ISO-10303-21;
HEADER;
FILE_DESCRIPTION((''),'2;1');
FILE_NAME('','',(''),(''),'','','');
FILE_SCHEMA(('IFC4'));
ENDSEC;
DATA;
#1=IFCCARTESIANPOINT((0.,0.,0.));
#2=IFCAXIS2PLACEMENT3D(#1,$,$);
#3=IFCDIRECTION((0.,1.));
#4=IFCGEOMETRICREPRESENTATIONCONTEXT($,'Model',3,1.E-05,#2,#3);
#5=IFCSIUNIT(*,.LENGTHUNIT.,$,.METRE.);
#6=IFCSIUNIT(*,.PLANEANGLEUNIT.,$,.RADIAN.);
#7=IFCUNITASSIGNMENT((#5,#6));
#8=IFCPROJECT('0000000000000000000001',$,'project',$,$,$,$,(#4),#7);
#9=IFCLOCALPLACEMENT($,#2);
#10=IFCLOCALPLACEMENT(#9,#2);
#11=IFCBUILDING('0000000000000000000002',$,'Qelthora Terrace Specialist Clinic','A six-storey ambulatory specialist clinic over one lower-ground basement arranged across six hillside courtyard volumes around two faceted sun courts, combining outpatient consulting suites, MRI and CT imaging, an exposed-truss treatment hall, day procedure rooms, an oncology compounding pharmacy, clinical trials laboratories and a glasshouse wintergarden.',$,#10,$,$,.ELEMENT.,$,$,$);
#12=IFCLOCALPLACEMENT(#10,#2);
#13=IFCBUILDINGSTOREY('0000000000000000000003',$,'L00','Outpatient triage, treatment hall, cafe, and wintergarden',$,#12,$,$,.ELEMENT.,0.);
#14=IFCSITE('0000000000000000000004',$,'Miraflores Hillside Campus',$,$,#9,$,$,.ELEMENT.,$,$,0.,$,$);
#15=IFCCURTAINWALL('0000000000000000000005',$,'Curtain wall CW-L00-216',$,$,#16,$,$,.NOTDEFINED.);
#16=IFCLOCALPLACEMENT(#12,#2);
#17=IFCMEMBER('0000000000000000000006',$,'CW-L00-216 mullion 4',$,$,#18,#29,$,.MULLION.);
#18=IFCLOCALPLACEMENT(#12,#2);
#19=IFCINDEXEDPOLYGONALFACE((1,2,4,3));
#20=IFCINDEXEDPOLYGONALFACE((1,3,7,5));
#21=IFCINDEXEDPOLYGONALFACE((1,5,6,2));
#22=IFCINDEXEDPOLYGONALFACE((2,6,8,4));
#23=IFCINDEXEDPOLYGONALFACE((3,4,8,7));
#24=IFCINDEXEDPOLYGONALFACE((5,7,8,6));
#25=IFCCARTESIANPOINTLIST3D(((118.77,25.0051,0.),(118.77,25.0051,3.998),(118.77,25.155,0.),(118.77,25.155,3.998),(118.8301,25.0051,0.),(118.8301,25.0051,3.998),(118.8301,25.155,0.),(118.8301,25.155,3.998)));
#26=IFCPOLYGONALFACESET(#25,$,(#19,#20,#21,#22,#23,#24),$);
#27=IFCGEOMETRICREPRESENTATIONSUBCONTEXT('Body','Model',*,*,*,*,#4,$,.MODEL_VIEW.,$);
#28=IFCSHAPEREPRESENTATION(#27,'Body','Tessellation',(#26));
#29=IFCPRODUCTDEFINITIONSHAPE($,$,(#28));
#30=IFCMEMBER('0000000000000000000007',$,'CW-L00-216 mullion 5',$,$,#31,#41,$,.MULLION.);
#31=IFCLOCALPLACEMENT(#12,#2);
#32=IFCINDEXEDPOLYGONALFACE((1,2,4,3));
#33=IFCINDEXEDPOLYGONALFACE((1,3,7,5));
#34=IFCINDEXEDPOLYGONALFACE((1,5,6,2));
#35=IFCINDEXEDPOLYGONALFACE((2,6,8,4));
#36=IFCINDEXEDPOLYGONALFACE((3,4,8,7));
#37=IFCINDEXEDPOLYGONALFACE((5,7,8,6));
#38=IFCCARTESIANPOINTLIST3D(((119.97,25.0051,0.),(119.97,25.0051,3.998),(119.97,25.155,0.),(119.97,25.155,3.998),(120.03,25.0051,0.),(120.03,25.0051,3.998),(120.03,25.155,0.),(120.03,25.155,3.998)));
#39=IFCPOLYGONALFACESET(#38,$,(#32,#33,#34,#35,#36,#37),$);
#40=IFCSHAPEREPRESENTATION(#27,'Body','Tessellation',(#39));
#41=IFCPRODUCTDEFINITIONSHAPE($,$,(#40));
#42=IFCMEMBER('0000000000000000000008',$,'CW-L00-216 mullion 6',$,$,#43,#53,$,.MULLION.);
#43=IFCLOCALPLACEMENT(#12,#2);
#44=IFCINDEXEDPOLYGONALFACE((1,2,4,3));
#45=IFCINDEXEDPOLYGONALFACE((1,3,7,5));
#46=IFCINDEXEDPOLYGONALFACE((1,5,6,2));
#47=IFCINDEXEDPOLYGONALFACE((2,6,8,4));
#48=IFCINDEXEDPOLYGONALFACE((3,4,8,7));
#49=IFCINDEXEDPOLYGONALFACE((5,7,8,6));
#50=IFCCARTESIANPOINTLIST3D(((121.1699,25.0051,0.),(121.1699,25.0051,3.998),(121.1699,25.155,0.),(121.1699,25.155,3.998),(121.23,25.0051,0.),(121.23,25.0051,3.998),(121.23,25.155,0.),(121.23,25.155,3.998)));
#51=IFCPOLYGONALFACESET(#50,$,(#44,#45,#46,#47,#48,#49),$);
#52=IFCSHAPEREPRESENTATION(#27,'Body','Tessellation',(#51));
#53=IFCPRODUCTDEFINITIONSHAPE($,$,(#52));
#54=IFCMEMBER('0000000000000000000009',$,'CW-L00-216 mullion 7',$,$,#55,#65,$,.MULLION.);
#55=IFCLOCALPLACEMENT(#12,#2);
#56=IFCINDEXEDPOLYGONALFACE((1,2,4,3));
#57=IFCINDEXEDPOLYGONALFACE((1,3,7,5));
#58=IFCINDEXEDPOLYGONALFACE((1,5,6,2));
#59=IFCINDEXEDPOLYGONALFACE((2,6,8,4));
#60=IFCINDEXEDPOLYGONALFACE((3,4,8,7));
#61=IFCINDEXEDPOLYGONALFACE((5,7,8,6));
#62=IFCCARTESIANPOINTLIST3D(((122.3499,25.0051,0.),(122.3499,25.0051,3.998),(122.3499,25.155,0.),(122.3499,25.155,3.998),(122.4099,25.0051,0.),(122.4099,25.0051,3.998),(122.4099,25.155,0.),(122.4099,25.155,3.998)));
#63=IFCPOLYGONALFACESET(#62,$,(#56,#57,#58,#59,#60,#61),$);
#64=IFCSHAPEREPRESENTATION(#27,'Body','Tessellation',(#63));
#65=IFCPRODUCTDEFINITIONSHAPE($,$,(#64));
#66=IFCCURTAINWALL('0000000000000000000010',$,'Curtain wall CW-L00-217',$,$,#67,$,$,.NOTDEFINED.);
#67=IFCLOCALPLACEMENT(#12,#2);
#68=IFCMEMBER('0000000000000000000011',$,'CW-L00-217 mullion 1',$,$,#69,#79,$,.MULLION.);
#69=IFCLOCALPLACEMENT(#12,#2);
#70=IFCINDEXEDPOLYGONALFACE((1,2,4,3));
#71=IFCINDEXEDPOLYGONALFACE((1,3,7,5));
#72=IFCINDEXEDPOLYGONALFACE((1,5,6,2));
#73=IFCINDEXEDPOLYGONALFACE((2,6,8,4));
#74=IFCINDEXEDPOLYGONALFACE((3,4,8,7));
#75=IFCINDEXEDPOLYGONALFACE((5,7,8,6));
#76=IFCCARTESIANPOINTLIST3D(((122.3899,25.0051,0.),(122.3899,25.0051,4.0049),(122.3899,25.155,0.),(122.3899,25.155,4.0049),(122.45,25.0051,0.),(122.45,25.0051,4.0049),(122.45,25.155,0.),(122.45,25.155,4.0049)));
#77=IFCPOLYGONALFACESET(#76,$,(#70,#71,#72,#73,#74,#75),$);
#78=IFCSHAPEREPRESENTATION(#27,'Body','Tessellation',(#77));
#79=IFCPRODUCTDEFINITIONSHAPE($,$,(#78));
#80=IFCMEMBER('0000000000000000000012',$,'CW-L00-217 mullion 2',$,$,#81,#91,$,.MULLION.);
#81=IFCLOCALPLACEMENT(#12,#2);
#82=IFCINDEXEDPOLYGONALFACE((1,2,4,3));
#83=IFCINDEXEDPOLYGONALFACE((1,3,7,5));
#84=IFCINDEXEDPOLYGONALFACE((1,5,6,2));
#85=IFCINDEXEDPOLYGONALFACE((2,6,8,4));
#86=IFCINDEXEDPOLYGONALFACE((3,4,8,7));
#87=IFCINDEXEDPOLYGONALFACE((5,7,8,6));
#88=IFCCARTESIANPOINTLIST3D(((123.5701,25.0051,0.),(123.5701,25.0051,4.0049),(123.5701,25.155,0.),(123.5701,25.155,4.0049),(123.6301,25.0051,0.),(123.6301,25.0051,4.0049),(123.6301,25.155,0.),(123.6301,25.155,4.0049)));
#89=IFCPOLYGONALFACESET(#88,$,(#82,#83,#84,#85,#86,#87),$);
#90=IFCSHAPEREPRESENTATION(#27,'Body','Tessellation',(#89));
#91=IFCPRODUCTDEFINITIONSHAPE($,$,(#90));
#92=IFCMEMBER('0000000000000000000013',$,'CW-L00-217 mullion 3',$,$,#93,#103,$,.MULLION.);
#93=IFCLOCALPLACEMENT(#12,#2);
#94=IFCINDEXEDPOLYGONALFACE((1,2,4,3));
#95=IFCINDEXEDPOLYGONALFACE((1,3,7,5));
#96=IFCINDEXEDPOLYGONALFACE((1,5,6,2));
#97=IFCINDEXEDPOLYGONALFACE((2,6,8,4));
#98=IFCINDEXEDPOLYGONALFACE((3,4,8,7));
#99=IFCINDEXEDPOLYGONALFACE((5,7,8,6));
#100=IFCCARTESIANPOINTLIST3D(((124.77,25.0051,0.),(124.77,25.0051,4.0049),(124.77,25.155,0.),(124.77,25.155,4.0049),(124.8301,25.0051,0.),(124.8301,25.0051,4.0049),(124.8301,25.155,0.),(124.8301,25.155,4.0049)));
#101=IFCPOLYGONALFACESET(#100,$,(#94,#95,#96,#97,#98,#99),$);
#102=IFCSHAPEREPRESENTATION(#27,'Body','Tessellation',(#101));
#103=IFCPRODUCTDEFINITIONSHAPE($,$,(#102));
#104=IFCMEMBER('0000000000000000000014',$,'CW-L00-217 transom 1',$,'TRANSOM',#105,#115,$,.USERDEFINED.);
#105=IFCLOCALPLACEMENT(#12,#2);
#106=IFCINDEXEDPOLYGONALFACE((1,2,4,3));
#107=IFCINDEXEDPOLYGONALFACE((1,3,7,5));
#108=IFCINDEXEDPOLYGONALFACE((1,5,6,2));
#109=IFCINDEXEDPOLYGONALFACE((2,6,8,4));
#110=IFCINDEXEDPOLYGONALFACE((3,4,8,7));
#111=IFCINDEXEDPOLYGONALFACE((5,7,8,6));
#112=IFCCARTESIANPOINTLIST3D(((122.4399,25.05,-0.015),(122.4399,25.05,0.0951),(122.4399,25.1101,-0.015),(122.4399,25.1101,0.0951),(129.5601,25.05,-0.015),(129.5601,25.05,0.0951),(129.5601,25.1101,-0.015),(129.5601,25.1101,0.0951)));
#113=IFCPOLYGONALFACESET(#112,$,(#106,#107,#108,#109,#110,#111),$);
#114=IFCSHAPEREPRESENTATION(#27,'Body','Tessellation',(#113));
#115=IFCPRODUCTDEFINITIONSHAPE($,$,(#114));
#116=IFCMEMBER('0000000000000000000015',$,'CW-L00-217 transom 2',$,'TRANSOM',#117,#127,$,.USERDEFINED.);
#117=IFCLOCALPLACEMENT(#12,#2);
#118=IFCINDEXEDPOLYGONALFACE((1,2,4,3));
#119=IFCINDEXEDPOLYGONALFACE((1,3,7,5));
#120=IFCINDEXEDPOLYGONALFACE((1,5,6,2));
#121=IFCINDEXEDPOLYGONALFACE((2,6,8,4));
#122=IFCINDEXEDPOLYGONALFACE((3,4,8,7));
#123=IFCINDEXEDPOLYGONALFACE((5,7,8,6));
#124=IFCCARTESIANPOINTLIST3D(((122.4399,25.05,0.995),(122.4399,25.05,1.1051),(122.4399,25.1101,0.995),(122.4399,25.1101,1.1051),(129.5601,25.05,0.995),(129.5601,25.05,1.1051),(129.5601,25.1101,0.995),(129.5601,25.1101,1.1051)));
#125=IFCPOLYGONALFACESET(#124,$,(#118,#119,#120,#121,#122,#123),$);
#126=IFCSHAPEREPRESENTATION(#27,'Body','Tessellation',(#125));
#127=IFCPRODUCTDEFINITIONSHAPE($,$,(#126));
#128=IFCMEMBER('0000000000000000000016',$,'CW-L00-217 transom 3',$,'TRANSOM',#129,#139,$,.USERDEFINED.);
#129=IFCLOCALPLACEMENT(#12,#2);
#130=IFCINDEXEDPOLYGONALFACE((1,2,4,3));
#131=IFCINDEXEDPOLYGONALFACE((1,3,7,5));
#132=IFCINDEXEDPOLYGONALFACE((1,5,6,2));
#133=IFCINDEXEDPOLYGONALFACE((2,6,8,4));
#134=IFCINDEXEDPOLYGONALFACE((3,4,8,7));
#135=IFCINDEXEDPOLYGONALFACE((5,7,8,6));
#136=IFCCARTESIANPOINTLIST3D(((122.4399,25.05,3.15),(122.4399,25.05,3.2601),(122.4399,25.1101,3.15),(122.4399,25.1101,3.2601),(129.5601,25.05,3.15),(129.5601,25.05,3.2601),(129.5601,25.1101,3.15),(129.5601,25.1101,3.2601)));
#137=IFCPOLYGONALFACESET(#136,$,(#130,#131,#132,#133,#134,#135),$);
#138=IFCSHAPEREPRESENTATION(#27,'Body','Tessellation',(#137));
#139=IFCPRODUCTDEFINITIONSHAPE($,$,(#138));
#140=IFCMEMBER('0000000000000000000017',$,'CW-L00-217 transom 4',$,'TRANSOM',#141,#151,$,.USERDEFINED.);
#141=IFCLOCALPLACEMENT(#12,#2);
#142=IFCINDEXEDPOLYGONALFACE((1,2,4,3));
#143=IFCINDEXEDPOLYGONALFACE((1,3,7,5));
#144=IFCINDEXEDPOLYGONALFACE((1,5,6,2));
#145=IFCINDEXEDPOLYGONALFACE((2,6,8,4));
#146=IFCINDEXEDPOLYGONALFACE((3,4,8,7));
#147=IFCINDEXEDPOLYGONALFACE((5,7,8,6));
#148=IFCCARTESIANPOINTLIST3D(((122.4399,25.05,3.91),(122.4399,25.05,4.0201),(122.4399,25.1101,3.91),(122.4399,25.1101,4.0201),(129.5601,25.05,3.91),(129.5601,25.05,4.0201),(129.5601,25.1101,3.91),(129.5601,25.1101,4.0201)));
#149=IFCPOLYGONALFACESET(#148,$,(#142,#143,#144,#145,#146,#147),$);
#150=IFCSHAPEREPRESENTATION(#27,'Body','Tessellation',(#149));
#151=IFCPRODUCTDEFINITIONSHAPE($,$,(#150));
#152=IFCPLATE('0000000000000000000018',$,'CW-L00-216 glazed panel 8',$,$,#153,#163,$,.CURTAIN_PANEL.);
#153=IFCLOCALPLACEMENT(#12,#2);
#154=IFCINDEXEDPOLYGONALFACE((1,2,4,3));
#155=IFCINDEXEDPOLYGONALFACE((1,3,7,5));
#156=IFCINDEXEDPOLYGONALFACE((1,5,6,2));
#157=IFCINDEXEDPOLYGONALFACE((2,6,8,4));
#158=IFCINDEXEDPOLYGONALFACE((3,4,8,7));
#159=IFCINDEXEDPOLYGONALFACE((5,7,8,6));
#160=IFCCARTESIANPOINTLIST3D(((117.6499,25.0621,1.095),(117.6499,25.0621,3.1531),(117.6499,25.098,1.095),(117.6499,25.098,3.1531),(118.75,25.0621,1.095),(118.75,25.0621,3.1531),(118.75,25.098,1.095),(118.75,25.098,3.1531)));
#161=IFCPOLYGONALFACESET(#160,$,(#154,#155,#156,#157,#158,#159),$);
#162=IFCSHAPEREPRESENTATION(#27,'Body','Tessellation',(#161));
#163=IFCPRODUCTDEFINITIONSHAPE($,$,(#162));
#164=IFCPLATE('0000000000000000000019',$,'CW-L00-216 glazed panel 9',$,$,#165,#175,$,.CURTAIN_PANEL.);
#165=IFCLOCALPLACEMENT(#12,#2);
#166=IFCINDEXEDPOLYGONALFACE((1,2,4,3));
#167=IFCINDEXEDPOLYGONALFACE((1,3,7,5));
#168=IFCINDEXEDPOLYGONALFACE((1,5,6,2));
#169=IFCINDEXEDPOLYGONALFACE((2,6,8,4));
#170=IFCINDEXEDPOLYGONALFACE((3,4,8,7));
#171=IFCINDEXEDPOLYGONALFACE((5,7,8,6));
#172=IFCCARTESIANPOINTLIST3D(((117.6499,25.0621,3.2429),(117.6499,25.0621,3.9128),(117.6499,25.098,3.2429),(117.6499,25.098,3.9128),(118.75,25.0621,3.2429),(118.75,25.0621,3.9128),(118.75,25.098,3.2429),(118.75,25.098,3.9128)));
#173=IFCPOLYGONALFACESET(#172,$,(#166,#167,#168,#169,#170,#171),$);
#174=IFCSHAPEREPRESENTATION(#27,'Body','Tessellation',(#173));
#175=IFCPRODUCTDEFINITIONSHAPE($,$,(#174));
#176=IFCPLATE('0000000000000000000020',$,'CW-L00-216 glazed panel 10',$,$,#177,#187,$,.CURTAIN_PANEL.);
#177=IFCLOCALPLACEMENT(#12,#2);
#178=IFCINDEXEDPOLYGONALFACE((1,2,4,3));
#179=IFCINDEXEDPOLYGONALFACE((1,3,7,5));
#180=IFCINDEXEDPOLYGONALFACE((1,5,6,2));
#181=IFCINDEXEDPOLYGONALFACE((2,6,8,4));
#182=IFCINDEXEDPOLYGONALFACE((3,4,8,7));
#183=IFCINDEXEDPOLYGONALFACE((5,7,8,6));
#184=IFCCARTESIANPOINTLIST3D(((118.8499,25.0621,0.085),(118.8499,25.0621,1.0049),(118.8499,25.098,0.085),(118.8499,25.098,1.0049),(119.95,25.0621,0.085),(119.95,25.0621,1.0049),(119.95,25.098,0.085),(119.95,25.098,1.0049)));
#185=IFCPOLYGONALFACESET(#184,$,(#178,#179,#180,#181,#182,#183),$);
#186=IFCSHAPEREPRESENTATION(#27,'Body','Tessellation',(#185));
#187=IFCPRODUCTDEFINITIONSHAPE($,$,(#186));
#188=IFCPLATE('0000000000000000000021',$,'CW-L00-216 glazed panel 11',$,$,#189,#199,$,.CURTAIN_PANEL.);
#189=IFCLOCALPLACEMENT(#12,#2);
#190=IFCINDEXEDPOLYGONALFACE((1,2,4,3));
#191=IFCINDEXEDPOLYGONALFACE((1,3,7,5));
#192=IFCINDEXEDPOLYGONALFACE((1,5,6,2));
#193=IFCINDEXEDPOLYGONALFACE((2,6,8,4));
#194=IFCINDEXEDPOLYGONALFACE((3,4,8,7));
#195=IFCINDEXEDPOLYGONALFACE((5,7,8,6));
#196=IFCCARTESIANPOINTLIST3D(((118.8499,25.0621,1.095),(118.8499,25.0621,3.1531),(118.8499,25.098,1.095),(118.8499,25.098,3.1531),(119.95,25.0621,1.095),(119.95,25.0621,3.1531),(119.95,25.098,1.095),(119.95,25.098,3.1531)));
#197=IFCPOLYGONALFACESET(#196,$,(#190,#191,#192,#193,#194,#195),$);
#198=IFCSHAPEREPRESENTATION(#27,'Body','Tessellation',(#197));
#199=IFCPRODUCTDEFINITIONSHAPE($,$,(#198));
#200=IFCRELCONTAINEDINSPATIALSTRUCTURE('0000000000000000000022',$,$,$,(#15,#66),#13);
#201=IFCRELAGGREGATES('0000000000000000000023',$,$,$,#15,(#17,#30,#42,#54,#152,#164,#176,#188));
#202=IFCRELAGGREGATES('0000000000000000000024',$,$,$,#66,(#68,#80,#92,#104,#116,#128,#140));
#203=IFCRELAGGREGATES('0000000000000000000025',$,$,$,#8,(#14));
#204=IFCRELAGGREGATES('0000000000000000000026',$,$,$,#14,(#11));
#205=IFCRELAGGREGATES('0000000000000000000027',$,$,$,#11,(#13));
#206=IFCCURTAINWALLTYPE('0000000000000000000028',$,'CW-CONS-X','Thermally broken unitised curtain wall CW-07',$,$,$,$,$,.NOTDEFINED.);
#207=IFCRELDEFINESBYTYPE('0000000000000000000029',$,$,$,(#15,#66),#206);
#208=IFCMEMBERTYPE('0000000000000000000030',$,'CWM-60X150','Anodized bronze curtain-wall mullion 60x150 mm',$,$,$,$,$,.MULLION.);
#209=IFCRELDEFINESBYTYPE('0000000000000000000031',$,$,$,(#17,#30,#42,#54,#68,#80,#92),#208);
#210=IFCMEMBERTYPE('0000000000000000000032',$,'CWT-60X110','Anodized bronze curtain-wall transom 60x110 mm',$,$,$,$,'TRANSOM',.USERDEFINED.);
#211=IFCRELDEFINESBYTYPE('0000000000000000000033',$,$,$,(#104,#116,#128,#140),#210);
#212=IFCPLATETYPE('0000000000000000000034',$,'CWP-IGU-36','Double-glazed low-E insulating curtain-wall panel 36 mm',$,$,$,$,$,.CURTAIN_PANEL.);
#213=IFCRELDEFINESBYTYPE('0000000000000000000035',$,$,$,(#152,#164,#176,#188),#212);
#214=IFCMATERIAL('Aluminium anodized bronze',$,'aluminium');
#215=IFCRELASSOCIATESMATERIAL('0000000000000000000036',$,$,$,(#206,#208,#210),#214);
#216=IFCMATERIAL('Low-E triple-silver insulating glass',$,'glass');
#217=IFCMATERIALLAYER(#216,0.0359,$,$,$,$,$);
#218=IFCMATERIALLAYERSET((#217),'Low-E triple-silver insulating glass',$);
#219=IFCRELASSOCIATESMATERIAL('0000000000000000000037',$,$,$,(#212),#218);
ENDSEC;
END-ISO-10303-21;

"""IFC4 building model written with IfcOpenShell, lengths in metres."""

from ifc_helpers import new_model, si_unit, direction, frame, origin, origin_2d, place, context, subcontext, project, spatial, rectangle, extrude, material, layer, layer_set, material_profile, profile_set, type_object, element, aggregate, save


model = new_model("IFC4")

# Units and contexts
model_context = context("Model", 3, precision=1e-05, world=origin(), true_north=direction((0.0, 1.0)))
body_context = subcontext(model_context, "Body", "Model", "MODEL_VIEW")
ifc_project = project(units=[si_unit("LENGTHUNIT", "METRE"), si_unit("PLANEANGLEUNIT", "RADIAN")], contexts=[model_context])

# Site, building, storey
site_placement = place(None, origin())
site = spatial("IfcSite", under=ifc_project, at=site_placement, Name="Miraflores Hillside Campus", CompositionType="ELEMENT", RefElevation=0.0)
building_placement = place(site_placement, origin())
building = spatial("IfcBuilding", under=site, at=building_placement, Name="Qelthora Terrace Specialist Clinic", Description="A six-storey ambulatory specialist clinic over one lower-ground basement arranged across six hillside courtyard volumes around two faceted sun courts, combining outpatient consulting suites, MRI and CT imaging, an exposed-truss treatment hall, day procedure rooms, an oncology compounding pharmacy, clinical trials laboratories and a glasshouse wintergarden.", CompositionType="ELEMENT")
storey_placement = place(building_placement, origin())
storey = spatial("IfcBuildingStorey", under=building, at=storey_placement, Name="L00", Description="Outpatient triage, treatment hall, cafe, and wintergarden", CompositionType="ELEMENT", Elevation=0.0)

# Curtain walls, members
ifc_material_1 = material(Name="Aluminium anodized bronze", Category="aluminium")
curtain_wall_type = type_object("IfcCurtainWallType", Name="CW-CONS-X", Description="Thermally broken unitised curtain wall CW-07", PredefinedType="NOTDEFINED", material=ifc_material_1)
curtain_wall_1_placement = place(storey_placement, origin())
curtain_wall_1 = element("IfcCurtainWall", 1, at=curtain_wall_1_placement, inside=storey, type_object=curtain_wall_type, Name="Curtain wall CW-L00-216", PredefinedType="NOTDEFINED")
ifc_material_profile_1 = material_profile(ifc_material_1, rectangle(XDim=0.0601, YDim=0.1499, at=origin_2d()), Name="CWM60X150")
ifc_profile_set_1 = profile_set([ifc_material_profile_1], Name="Aluminium anodized bronze")
member_type_1 = type_object("IfcMemberType", Name="CWM-60X150", Description="Anodized bronze curtain-wall mullion 60x150 mm", PredefinedType="MULLION", material=ifc_profile_set_1)
member_1_placement = place(storey_placement, frame((118.8, 25.0801, 0.0), z_axis=(0.0, 0.0, 1.0), x_axis=(1.0, 0.0, 0.0)))
member_1 = element("IfcMember", 2, at=member_1_placement, type_object=member_type_1, Name="CW-L00-216 mullion 4", PredefinedType="MULLION", context=body_context, shape_type="SweptSolid", body=[
    extrude(rectangle(XDim=0.0601, YDim=0.1499, at=origin_2d()), origin(), (0.0, 0.0, 1.0), 3.998),
])
member_2_placement = place(storey_placement, frame((120.0, 25.0801, 0.0), z_axis=(0.0, 0.0, 1.0), x_axis=(1.0, 0.0, 0.0)))
member_2 = element("IfcMember", 3, at=member_2_placement, type_object=member_type_1, Name="CW-L00-216 mullion 5", PredefinedType="MULLION", context=body_context, shape_type="SweptSolid", body=[
    extrude(rectangle(XDim=0.0601, YDim=0.1499, at=origin_2d()), origin(), (0.0, 0.0, 1.0), 3.998),
])
member_3_placement = place(storey_placement, frame((121.2, 25.0801, 0.0), z_axis=(0.0, 0.0, 1.0), x_axis=(1.0, 0.0, 0.0)))
member_3 = element("IfcMember", 4, at=member_3_placement, type_object=member_type_1, Name="CW-L00-216 mullion 6", PredefinedType="MULLION", context=body_context, shape_type="SweptSolid", body=[
    extrude(rectangle(XDim=0.0601, YDim=0.1499, at=origin_2d()), origin(), (0.0, 0.0, 1.0), 3.998),
])
member_4_placement = place(storey_placement, frame((122.3799, 25.0801, 0.0), z_axis=(0.0, 0.0, 1.0), x_axis=(1.0, 0.0, 0.0)))
member_4 = element("IfcMember", 5, at=member_4_placement, type_object=member_type_1, Name="CW-L00-216 mullion 7", PredefinedType="MULLION", context=body_context, shape_type="SweptSolid", body=[
    extrude(rectangle(XDim=0.0601, YDim=0.1499, at=origin_2d()), origin(), (0.0, 0.0, 1.0), 3.998),
])
curtain_wall_2_placement = place(storey_placement, origin())
curtain_wall_2 = element("IfcCurtainWall", 6, at=curtain_wall_2_placement, inside=storey, type_object=curtain_wall_type, Name="Curtain wall CW-L00-217", PredefinedType="NOTDEFINED")
member_5_placement = place(storey_placement, frame((122.4199, 25.0801, 0.0), z_axis=(0.0, 0.0, 1.0), x_axis=(1.0, 0.0, 0.0)))
member_5 = element("IfcMember", 7, at=member_5_placement, type_object=member_type_1, Name="CW-L00-217 mullion 1", PredefinedType="MULLION", context=body_context, shape_type="SweptSolid", body=[
    extrude(rectangle(XDim=0.0601, YDim=0.1499, at=origin_2d()), origin(), (0.0, 0.0, 1.0), 4.0049),
])
member_6_placement = place(storey_placement, frame((123.6001, 25.0801, 0.0), z_axis=(0.0, 0.0, 1.0), x_axis=(1.0, 0.0, 0.0)))
member_6 = element("IfcMember", 8, at=member_6_placement, type_object=member_type_1, Name="CW-L00-217 mullion 2", PredefinedType="MULLION", context=body_context, shape_type="SweptSolid", body=[
    extrude(rectangle(XDim=0.0601, YDim=0.1499, at=origin_2d()), origin(), (0.0, 0.0, 1.0), 4.0049),
])
member_7_placement = place(storey_placement, frame((124.8, 25.0801, 0.0), z_axis=(0.0, 0.0, 1.0), x_axis=(1.0, 0.0, 0.0)))
member_7 = element("IfcMember", 9, at=member_7_placement, type_object=member_type_1, Name="CW-L00-217 mullion 3", PredefinedType="MULLION", context=body_context, shape_type="SweptSolid", body=[
    extrude(rectangle(XDim=0.0601, YDim=0.1499, at=origin_2d()), origin(), (0.0, 0.0, 1.0), 4.0049),
])
ifc_material_profile_2 = material_profile(ifc_material_1, rectangle(XDim=0.0601, YDim=0.1101, at=origin_2d()), Name="CWT60X110")
ifc_profile_set_2 = profile_set([ifc_material_profile_2], Name="Aluminium anodized bronze")
member_type_2 = type_object("IfcMemberType", Name="CWT-60X110", Description="Anodized bronze curtain-wall transom 60x110 mm", ElementType="TRANSOM", PredefinedType="USERDEFINED", material=ifc_profile_set_2)
member_8_placement = place(storey_placement, frame((122.4399, 25.0801, 0.04), z_axis=(1.0, 0.0, 0.0), x_axis=(0.0, 1.0, 0.0)))
member_8 = element("IfcMember", 10, at=member_8_placement, type_object=member_type_2, Name="CW-L00-217 transom 1", ObjectType="TRANSOM", PredefinedType="USERDEFINED", context=body_context, shape_type="SweptSolid", body=[
    extrude(rectangle(XDim=0.0601, YDim=0.1101, at=origin_2d()), origin(), (0.0, 0.0, 1.0), 7.1201),
])
member_9_placement = place(storey_placement, frame((122.4399, 25.0801, 1.05), z_axis=(1.0, 0.0, 0.0), x_axis=(0.0, 1.0, 0.0)))
member_9 = element("IfcMember", 11, at=member_9_placement, type_object=member_type_2, Name="CW-L00-217 transom 2", ObjectType="TRANSOM", PredefinedType="USERDEFINED", context=body_context, shape_type="SweptSolid", body=[
    extrude(rectangle(XDim=0.0601, YDim=0.1101, at=origin_2d()), origin(), (0.0, 0.0, 1.0), 7.1201),
])
member_10_placement = place(storey_placement, frame((122.4399, 25.0801, 3.2051), z_axis=(1.0, 0.0, 0.0), x_axis=(0.0, 1.0, 0.0)))
member_10 = element("IfcMember", 12, at=member_10_placement, type_object=member_type_2, Name="CW-L00-217 transom 3", ObjectType="TRANSOM", PredefinedType="USERDEFINED", context=body_context, shape_type="SweptSolid", body=[
    extrude(rectangle(XDim=0.0601, YDim=0.1101, at=origin_2d()), origin(), (0.0, 0.0, 1.0), 7.1201),
])
member_11_placement = place(storey_placement, frame((122.4399, 25.0801, 3.9651), z_axis=(1.0, 0.0, 0.0), x_axis=(0.0, 1.0, 0.0)))
member_11 = element("IfcMember", 13, at=member_11_placement, type_object=member_type_2, Name="CW-L00-217 transom 4", ObjectType="TRANSOM", PredefinedType="USERDEFINED", context=body_context, shape_type="SweptSolid", body=[
    extrude(rectangle(XDim=0.0601, YDim=0.1101, at=origin_2d()), origin(), (0.0, 0.0, 1.0), 7.1201),
])

# Plates
ifc_material_2 = material(Name="Low-E triple-silver insulating glass", Category="glass")
ifc_layer = layer(ifc_material_2, 0.0359)
ifc_layer_set = layer_set([ifc_layer], Name="Low-E triple-silver insulating glass")
plate_type = type_object("IfcPlateType", Name="CWP-IGU-36", Description="Double-glazed low-E insulating curtain-wall panel 36 mm", PredefinedType="CURTAIN_PANEL", material=ifc_layer_set)
plate_1_placement = place(storey_placement, frame((118.2, 25.0801, 1.095), z_axis=(0.0, 0.0, 1.0), x_axis=(1.0, 0.0, 0.0)))
plate_1 = element("IfcPlate", 14, at=plate_1_placement, type_object=plate_type, Name="CW-L00-216 glazed panel 8", PredefinedType="CURTAIN_PANEL", context=body_context, shape_type="SweptSolid", body=[
    extrude(rectangle(XDim=1.1001, YDim=0.0359, at=origin_2d()), origin(), (0.0, 0.0, 1.0), 2.0581),
])
plate_2_placement = place(storey_placement, frame((118.2, 25.0801, 3.2429), z_axis=(0.0, 0.0, 1.0), x_axis=(1.0, 0.0, 0.0)))
plate_2 = element("IfcPlate", 15, at=plate_2_placement, type_object=plate_type, Name="CW-L00-216 glazed panel 9", PredefinedType="CURTAIN_PANEL", context=body_context, shape_type="SweptSolid", body=[
    extrude(rectangle(XDim=1.1001, YDim=0.0359, at=origin_2d()), origin(), (0.0, 0.0, 1.0), 0.6699),
])
plate_3_placement = place(storey_placement, frame((119.3999, 25.0801, 0.085), z_axis=(0.0, 0.0, 1.0), x_axis=(1.0, 0.0, 0.0)))
plate_3 = element("IfcPlate", 16, at=plate_3_placement, type_object=plate_type, Name="CW-L00-216 glazed panel 10", PredefinedType="CURTAIN_PANEL", context=body_context, shape_type="SweptSolid", body=[
    extrude(rectangle(XDim=1.1001, YDim=0.0359, at=origin_2d()), origin(), (0.0, 0.0, 1.0), 0.9199),
])
plate_4_placement = place(storey_placement, frame((119.3999, 25.0801, 1.095), z_axis=(0.0, 0.0, 1.0), x_axis=(1.0, 0.0, 0.0)))
plate_4 = element("IfcPlate", 17, at=plate_4_placement, type_object=plate_type, Name="CW-L00-216 glazed panel 11", PredefinedType="CURTAIN_PANEL", context=body_context, shape_type="SweptSolid", body=[
    extrude(rectangle(XDim=1.1001, YDim=0.0359, at=origin_2d()), origin(), (0.0, 0.0, 1.0), 2.0581),
])
aggregate(curtain_wall_1, [member_1, member_2, member_3, member_4, plate_1, plate_2, plate_3, plate_4])
aggregate(curtain_wall_2, [member_5, member_6, member_7, member_8, member_9, member_10, member_11])

save(model, "model.ifc")
